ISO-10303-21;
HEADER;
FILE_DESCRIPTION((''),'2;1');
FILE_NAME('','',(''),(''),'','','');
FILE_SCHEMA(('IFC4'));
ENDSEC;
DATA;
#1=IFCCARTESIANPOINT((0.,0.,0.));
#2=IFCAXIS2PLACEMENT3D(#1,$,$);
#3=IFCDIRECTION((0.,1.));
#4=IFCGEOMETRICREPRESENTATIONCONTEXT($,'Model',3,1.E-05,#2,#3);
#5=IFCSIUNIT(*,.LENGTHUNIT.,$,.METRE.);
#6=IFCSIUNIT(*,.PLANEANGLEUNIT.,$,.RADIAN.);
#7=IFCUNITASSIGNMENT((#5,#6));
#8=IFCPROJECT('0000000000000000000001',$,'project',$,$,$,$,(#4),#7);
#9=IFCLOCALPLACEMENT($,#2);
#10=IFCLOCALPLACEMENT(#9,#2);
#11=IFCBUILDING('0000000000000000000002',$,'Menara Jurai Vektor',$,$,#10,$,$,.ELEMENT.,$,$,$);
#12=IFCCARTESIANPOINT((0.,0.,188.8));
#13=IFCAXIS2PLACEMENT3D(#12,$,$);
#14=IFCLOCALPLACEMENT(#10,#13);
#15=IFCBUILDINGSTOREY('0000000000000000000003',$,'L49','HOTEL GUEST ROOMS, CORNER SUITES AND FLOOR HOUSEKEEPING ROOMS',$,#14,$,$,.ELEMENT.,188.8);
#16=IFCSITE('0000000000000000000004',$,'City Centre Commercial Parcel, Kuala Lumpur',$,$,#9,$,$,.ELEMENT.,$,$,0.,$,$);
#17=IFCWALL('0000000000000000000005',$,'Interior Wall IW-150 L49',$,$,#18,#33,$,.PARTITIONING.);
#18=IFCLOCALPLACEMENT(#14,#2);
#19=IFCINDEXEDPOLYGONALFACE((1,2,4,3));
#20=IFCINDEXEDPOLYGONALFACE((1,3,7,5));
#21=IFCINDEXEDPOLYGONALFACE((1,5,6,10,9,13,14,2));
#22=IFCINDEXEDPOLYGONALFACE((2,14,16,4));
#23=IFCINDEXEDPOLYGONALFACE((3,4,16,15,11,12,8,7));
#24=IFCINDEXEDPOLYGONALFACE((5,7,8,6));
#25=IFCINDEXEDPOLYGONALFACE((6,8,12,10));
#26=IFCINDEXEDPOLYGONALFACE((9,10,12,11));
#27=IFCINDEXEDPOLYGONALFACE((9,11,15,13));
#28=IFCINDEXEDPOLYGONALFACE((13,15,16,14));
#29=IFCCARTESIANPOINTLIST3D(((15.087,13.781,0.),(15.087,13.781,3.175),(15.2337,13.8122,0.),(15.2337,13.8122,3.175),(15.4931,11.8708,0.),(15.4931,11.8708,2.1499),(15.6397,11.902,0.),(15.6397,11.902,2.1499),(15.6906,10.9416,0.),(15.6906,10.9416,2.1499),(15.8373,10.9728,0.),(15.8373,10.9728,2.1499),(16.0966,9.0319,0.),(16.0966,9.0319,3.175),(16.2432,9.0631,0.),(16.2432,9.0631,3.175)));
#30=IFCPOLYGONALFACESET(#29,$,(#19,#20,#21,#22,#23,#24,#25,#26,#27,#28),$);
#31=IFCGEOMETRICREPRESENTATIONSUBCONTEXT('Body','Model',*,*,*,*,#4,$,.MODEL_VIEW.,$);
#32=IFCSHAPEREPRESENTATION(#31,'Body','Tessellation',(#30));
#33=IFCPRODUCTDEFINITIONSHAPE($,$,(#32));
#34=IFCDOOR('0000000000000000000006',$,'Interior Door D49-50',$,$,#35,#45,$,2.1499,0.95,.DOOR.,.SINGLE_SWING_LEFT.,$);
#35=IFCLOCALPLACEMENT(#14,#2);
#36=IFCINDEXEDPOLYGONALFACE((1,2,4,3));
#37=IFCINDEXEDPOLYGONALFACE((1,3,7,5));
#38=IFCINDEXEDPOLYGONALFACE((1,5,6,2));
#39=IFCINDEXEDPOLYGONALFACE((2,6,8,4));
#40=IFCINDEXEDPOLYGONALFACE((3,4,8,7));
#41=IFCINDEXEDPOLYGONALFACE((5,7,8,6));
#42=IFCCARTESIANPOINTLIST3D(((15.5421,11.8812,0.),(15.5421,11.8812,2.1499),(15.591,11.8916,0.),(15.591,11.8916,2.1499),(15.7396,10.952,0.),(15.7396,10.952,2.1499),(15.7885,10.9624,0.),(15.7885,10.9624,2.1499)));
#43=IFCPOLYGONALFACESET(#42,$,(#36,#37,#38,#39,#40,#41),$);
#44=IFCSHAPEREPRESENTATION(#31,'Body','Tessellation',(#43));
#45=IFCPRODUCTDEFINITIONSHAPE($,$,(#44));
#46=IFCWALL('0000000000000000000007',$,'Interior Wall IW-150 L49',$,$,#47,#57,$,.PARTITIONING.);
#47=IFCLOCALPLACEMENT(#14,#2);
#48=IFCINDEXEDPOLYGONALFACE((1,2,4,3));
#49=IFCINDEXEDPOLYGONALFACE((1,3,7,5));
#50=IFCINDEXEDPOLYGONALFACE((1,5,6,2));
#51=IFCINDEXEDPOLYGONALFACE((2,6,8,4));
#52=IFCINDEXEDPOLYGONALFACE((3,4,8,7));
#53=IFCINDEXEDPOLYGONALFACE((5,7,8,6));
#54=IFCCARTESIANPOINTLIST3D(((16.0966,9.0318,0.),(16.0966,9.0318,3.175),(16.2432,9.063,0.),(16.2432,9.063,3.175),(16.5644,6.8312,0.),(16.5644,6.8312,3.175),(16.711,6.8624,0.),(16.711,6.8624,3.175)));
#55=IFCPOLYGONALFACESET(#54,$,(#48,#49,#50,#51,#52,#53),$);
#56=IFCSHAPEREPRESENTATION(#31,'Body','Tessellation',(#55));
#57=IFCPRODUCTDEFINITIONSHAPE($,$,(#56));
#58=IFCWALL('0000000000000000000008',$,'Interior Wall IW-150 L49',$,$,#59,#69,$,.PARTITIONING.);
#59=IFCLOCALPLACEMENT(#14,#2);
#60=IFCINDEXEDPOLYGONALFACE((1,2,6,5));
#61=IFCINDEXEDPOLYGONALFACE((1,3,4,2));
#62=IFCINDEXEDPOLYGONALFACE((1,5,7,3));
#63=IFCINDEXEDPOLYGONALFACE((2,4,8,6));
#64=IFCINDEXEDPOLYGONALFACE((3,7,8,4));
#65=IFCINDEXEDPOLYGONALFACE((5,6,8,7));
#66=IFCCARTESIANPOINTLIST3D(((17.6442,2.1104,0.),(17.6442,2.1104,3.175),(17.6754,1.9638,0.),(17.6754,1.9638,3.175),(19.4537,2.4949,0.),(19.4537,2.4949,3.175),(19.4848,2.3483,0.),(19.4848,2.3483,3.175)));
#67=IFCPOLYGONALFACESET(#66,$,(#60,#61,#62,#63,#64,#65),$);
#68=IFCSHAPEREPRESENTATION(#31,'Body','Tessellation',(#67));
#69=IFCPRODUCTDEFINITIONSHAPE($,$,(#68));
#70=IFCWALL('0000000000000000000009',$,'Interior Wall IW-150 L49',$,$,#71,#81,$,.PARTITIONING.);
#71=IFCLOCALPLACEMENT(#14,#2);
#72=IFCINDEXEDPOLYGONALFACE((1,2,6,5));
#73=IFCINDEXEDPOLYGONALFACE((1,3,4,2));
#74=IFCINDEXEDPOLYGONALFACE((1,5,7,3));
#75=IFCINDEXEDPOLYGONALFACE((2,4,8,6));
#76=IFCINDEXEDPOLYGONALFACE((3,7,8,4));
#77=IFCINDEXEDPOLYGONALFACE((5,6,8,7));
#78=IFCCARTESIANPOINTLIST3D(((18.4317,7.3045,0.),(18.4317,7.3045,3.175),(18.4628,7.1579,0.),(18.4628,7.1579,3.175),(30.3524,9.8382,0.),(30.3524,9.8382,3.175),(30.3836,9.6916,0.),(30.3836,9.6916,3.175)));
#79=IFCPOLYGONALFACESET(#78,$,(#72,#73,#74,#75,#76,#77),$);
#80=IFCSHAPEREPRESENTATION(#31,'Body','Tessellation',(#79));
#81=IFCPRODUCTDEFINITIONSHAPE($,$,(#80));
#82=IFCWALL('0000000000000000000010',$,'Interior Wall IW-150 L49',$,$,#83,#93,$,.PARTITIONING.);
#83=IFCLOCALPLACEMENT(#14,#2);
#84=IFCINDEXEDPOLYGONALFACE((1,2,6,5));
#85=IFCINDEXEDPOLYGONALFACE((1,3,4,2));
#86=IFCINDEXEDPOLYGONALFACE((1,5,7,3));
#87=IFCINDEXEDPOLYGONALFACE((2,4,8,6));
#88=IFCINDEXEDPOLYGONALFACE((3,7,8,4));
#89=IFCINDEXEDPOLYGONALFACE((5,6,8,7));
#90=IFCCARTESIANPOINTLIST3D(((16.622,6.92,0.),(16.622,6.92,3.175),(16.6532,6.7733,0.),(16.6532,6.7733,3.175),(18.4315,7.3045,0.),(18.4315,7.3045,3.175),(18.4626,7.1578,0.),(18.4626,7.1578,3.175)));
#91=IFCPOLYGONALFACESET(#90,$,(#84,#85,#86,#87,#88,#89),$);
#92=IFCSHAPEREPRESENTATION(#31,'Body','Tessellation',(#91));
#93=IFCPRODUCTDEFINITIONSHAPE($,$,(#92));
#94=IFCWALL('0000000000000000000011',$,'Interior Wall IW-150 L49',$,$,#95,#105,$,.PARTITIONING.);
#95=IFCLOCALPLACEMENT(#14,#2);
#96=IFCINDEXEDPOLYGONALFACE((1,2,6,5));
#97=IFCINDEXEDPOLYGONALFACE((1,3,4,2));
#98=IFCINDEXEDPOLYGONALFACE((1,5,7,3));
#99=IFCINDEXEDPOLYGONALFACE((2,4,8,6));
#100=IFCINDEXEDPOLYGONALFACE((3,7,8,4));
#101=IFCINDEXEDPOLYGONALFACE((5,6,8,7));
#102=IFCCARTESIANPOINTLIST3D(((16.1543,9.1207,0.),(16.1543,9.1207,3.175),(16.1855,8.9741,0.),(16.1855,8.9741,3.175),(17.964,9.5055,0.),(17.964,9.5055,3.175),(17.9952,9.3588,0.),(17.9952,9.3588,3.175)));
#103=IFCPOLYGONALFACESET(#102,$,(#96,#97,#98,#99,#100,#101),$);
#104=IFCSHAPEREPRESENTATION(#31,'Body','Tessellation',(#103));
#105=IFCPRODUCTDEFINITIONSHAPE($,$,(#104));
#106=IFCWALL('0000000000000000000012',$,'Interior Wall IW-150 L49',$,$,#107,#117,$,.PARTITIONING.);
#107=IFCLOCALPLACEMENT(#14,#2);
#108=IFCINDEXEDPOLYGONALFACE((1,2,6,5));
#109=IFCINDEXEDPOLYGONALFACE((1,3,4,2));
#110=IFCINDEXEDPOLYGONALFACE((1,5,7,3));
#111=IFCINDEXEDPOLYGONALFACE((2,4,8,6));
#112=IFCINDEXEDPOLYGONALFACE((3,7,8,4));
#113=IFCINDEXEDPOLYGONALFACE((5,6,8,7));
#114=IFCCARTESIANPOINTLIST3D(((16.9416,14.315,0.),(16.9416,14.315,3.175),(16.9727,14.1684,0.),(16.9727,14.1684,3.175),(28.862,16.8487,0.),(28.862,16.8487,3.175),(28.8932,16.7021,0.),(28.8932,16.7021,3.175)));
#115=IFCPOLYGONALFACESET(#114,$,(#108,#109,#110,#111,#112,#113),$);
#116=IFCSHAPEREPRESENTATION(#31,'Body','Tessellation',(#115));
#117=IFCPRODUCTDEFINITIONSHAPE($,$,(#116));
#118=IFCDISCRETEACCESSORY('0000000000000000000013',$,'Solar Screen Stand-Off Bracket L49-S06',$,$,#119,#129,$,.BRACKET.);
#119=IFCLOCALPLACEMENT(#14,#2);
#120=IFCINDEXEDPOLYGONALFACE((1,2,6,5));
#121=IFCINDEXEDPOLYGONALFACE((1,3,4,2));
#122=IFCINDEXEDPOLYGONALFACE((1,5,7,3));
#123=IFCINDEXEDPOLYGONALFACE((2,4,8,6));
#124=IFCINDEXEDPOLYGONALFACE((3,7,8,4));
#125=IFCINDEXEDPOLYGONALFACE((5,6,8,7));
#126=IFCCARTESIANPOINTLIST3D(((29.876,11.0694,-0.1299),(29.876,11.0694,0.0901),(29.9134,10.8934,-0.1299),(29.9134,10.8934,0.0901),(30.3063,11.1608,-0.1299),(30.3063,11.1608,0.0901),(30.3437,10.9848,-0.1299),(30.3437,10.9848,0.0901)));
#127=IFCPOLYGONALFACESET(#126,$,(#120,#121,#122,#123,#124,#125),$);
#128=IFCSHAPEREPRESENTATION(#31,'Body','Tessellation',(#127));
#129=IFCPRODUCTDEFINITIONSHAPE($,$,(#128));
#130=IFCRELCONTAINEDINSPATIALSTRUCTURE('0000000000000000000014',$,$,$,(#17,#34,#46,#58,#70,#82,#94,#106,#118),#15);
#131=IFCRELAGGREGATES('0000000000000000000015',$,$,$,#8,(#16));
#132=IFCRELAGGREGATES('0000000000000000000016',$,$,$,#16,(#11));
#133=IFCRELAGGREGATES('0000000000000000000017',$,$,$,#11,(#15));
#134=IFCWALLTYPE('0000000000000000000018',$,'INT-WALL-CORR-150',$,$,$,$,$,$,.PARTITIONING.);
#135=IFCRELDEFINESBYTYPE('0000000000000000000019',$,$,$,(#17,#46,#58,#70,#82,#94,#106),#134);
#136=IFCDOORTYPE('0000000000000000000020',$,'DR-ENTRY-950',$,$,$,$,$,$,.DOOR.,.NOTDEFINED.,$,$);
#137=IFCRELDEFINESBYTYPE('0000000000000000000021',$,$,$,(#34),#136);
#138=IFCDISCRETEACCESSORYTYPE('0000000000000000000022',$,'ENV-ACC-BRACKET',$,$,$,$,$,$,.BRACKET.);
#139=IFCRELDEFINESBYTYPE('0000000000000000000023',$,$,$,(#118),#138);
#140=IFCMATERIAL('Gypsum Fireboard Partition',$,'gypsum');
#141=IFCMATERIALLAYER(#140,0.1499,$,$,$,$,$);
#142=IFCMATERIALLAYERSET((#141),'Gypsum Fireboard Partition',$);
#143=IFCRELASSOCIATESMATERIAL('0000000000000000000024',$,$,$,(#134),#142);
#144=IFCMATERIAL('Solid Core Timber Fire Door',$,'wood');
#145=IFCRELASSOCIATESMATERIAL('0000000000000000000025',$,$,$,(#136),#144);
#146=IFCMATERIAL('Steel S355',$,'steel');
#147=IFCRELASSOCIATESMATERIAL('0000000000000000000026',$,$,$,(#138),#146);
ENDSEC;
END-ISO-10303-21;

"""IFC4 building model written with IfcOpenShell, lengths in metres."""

from ifc_helpers import new_model, si_unit, direction, frame, frame_2d, origin, origin_2d, place, context, subcontext, project, spatial, rectangle, extrude, material, layer, layer_set, type_object, element, fill, save


model = new_model("IFC4")

# Units and contexts
model_context = context("Model", 3, precision=1e-05, world=origin(), true_north=direction((0.0, 1.0)))
body_context = subcontext(model_context, "Body", "Model", "MODEL_VIEW")
ifc_project = project(units=[si_unit("LENGTHUNIT", "METRE"), si_unit("PLANEANGLEUNIT", "RADIAN")], contexts=[model_context])

# Site, building, storey
site_placement = place(None, origin())
site = spatial("IfcSite", under=ifc_project, at=site_placement, Name="City Centre Commercial Parcel, Kuala Lumpur", CompositionType="ELEMENT", RefElevation=0.0)
building_placement = place(site_placement, origin())
building = spatial("IfcBuilding", under=site, at=building_placement, Name="Menara Jurai Vektor", CompositionType="ELEMENT")
storey_placement = place(building_placement, frame((0.0, 0.0, 188.8)))
storey = spatial("IfcBuildingStorey", under=building, at=storey_placement, Name="L49", Description="HOTEL GUEST ROOMS, CORNER SUITES AND FLOOR HOUSEKEEPING ROOMS", CompositionType="ELEMENT", Elevation=188.8)

# Shared definitions
ifc_material_1 = material(Name="Steel S355", Category="steel")

# Wall, opening, door
ifc_material_2 = material(Name="Gypsum Fireboard Partition", Category="gypsum")
ifc_layer_1 = layer(ifc_material_2, 0.1499)
ifc_layer_set_1 = layer_set([ifc_layer_1], Name="Gypsum Fireboard Partition")
wall_type = type_object("IfcWallType", Name="INT-WALL-CORR-150", PredefinedType="PARTITIONING", material=ifc_layer_set_1)
ifc_material_3 = material(Name="Solid Core Timber Fire Door", Category="wood")
door_type_1 = type_object("IfcDoorType", Name="DR-ENTRY-950", OperationType="NOTDEFINED", PredefinedType="DOOR", material=ifc_material_3)
wall_1_placement = place(storey_placement, frame((16.1699, 9.0474, 0.0), z_axis=(0.0, 0.0, 1.0), x_axis=(-0.207929, 0.978144, 0.0)))
wall_1 = element("IfcWall", 1, at=wall_1_placement, inside=storey, type_object=wall_type, Name="Interior Wall IW-150 L49", PredefinedType="PARTITIONING", context=body_context, shape_type="SweptSolid", body=[
    extrude(rectangle(XDim=4.8552, YDim=0.1499, at=frame_2d((2.4277, 0.0))), origin(), (0.0, 0.0, 1.0), 3.175),
])
opening_1_placement = place(wall_1_placement, frame((1.9524, 0.0, 0.0)))
opening_1 = element("IfcOpeningElement", 2, at=opening_1_placement, cuts=wall_1, PredefinedType="OPENING", context=body_context, shape_type="SweptSolid", body=[
    extrude(rectangle(XDim=0.95, YDim=2.1499, at=frame_2d((0.4751, 1.075))), frame((0.0, 0.085, 0.0), z_axis=(0.0, -1.0, 0.0), x_axis=(1.0, 0.0, 0.0)), (0.0, 0.0, 1.0), 0.1699),
])
door_1_placement = place(opening_1_placement, origin())
door_1 = element("IfcDoor", 3, at=door_1_placement, inside=storey, type_object=door_type_1, Name="Interior Door D49-50", OperationType="SINGLE_SWING_LEFT", OverallHeight=2.1499, OverallWidth=0.95, PredefinedType="DOOR", context=body_context, shape_type="SweptSolid", body=[
    extrude(rectangle(XDim=0.95, YDim=2.1499, at=frame_2d((0.4751, 1.075))), frame((0.0, 0.0249, 0.0), z_axis=(0.0, -1.0, 0.0), x_axis=(1.0, 0.0, 0.0)), (0.0, 0.0, 1.0), 0.05),
])
fill(opening_1, door_1)

# Walls
wall_2_placement = place(storey_placement, frame((16.6377, 6.8467, 0.0), z_axis=(0.0, 0.0, 1.0), x_axis=(-0.207913, 0.978147, 0.0)))
element("IfcWall", 4, at=wall_2_placement, inside=storey, type_object=wall_type, Name="Interior Wall IW-150 L49", PredefinedType="PARTITIONING", context=body_context, shape_type="SweptSolid", body=[
    extrude(rectangle(XDim=2.2498, YDim=0.1499, at=frame_2d((1.125, 0.0))), origin(), (0.0, 0.0, 1.0), 3.175),
])
wall_3_placement = place(storey_placement, frame((17.6599, 2.0371, 0.0), z_axis=(0.0, 0.0, 1.0), x_axis=(0.97816, 0.207852, 0.0)))
element("IfcWall", 5, at=wall_3_placement, inside=storey, type_object=wall_type, Name="Interior Wall IW-150 L49", PredefinedType="PARTITIONING", context=body_context, shape_type="SweptSolid", body=[
    extrude(rectangle(XDim=1.8499, YDim=0.1499, at=frame_2d((0.9248, 0.0))), origin(), (0.0, 0.0, 1.0), 3.175),
])

# Walls
wall_4_placement = place(storey_placement, frame((18.4473, 7.2312, 0.0), z_axis=(0.0, 0.0, 1.0), x_axis=(0.97815, 0.207902, 0.0)))
element("IfcWall", 6, at=wall_4_placement, inside=storey, type_object=wall_type, Name="Interior Wall IW-150 L49", PredefinedType="PARTITIONING", context=body_context, shape_type="SweptSolid", body=[
    extrude(rectangle(XDim=12.187, YDim=0.1499, at=frame_2d((6.0935, 0.0))), origin(), (0.0, 0.0, 1.0), 3.175),
])
wall_5_placement = place(storey_placement, frame((16.6377, 6.8467, 0.0), z_axis=(0.0, 0.0, 1.0), x_axis=(0.97816, 0.207852, 0.0)))
element("IfcWall", 7, at=wall_5_placement, inside=storey, type_object=wall_type, Name="Interior Wall IW-150 L49", PredefinedType="PARTITIONING", context=body_context, shape_type="SweptSolid", body=[
    extrude(rectangle(XDim=1.8499, YDim=0.1499, at=frame_2d((0.9248, 0.0))), origin(), (0.0, 0.0, 1.0), 3.175),
])
wall_6_placement = place(storey_placement, frame((16.1699, 9.0474, 0.0), z_axis=(0.0, 0.0, 1.0), x_axis=(0.978133, 0.207979, 0.0)))
element("IfcWall", 8, at=wall_6_placement, inside=storey, type_object=wall_type, Name="Interior Wall IW-150 L49", PredefinedType="PARTITIONING", context=body_context, shape_type="SweptSolid", body=[
    extrude(rectangle(XDim=1.8501, YDim=0.1499, at=frame_2d((0.925, 0.0))), origin(), (0.0, 0.0, 1.0), 3.175),
])

# Wall
wall_7_placement = place(storey_placement, frame((16.9573, 14.2417, 0.0), z_axis=(0.0, 0.0, 1.0), x_axis=(0.978149, 0.207906, 0.0)))
element("IfcWall", 9, at=wall_7_placement, inside=storey, type_object=wall_type, Name="Interior Wall IW-150 L49", PredefinedType="PARTITIONING", context=body_context, shape_type="SweptSolid", body=[
    extrude(rectangle(XDim=12.1868, YDim=0.1499, at=frame_2d((6.0933, 0.0))), origin(), (0.0, 0.0, 1.0), 3.175),
])

# Discrete accessory
discrete_accessory_type = type_object("IfcDiscreteAccessoryType", Name="ENV-ACC-BRACKET", PredefinedType="BRACKET", material=ifc_material_1)
discrete_accessory_placement = place(storey_placement, frame((30.1099, 11.0271, -0.1299), z_axis=(0.0, 0.0, 1.0), x_axis=(-0.207912, 0.978148, 0.0)))
element("IfcDiscreteAccessory", 10, at=discrete_accessory_placement, inside=storey, type_object=discrete_accessory_type, Name="Solar Screen Stand-Off Bracket L49-S06", PredefinedType="BRACKET", context=body_context, shape_type="SweptSolid", body=[
    extrude(rectangle(XDim=0.1799, YDim=0.4399, at=origin_2d()), origin(), (0.0, 0.0, 1.0), 0.22),
])

save(model, "model.ifc")
